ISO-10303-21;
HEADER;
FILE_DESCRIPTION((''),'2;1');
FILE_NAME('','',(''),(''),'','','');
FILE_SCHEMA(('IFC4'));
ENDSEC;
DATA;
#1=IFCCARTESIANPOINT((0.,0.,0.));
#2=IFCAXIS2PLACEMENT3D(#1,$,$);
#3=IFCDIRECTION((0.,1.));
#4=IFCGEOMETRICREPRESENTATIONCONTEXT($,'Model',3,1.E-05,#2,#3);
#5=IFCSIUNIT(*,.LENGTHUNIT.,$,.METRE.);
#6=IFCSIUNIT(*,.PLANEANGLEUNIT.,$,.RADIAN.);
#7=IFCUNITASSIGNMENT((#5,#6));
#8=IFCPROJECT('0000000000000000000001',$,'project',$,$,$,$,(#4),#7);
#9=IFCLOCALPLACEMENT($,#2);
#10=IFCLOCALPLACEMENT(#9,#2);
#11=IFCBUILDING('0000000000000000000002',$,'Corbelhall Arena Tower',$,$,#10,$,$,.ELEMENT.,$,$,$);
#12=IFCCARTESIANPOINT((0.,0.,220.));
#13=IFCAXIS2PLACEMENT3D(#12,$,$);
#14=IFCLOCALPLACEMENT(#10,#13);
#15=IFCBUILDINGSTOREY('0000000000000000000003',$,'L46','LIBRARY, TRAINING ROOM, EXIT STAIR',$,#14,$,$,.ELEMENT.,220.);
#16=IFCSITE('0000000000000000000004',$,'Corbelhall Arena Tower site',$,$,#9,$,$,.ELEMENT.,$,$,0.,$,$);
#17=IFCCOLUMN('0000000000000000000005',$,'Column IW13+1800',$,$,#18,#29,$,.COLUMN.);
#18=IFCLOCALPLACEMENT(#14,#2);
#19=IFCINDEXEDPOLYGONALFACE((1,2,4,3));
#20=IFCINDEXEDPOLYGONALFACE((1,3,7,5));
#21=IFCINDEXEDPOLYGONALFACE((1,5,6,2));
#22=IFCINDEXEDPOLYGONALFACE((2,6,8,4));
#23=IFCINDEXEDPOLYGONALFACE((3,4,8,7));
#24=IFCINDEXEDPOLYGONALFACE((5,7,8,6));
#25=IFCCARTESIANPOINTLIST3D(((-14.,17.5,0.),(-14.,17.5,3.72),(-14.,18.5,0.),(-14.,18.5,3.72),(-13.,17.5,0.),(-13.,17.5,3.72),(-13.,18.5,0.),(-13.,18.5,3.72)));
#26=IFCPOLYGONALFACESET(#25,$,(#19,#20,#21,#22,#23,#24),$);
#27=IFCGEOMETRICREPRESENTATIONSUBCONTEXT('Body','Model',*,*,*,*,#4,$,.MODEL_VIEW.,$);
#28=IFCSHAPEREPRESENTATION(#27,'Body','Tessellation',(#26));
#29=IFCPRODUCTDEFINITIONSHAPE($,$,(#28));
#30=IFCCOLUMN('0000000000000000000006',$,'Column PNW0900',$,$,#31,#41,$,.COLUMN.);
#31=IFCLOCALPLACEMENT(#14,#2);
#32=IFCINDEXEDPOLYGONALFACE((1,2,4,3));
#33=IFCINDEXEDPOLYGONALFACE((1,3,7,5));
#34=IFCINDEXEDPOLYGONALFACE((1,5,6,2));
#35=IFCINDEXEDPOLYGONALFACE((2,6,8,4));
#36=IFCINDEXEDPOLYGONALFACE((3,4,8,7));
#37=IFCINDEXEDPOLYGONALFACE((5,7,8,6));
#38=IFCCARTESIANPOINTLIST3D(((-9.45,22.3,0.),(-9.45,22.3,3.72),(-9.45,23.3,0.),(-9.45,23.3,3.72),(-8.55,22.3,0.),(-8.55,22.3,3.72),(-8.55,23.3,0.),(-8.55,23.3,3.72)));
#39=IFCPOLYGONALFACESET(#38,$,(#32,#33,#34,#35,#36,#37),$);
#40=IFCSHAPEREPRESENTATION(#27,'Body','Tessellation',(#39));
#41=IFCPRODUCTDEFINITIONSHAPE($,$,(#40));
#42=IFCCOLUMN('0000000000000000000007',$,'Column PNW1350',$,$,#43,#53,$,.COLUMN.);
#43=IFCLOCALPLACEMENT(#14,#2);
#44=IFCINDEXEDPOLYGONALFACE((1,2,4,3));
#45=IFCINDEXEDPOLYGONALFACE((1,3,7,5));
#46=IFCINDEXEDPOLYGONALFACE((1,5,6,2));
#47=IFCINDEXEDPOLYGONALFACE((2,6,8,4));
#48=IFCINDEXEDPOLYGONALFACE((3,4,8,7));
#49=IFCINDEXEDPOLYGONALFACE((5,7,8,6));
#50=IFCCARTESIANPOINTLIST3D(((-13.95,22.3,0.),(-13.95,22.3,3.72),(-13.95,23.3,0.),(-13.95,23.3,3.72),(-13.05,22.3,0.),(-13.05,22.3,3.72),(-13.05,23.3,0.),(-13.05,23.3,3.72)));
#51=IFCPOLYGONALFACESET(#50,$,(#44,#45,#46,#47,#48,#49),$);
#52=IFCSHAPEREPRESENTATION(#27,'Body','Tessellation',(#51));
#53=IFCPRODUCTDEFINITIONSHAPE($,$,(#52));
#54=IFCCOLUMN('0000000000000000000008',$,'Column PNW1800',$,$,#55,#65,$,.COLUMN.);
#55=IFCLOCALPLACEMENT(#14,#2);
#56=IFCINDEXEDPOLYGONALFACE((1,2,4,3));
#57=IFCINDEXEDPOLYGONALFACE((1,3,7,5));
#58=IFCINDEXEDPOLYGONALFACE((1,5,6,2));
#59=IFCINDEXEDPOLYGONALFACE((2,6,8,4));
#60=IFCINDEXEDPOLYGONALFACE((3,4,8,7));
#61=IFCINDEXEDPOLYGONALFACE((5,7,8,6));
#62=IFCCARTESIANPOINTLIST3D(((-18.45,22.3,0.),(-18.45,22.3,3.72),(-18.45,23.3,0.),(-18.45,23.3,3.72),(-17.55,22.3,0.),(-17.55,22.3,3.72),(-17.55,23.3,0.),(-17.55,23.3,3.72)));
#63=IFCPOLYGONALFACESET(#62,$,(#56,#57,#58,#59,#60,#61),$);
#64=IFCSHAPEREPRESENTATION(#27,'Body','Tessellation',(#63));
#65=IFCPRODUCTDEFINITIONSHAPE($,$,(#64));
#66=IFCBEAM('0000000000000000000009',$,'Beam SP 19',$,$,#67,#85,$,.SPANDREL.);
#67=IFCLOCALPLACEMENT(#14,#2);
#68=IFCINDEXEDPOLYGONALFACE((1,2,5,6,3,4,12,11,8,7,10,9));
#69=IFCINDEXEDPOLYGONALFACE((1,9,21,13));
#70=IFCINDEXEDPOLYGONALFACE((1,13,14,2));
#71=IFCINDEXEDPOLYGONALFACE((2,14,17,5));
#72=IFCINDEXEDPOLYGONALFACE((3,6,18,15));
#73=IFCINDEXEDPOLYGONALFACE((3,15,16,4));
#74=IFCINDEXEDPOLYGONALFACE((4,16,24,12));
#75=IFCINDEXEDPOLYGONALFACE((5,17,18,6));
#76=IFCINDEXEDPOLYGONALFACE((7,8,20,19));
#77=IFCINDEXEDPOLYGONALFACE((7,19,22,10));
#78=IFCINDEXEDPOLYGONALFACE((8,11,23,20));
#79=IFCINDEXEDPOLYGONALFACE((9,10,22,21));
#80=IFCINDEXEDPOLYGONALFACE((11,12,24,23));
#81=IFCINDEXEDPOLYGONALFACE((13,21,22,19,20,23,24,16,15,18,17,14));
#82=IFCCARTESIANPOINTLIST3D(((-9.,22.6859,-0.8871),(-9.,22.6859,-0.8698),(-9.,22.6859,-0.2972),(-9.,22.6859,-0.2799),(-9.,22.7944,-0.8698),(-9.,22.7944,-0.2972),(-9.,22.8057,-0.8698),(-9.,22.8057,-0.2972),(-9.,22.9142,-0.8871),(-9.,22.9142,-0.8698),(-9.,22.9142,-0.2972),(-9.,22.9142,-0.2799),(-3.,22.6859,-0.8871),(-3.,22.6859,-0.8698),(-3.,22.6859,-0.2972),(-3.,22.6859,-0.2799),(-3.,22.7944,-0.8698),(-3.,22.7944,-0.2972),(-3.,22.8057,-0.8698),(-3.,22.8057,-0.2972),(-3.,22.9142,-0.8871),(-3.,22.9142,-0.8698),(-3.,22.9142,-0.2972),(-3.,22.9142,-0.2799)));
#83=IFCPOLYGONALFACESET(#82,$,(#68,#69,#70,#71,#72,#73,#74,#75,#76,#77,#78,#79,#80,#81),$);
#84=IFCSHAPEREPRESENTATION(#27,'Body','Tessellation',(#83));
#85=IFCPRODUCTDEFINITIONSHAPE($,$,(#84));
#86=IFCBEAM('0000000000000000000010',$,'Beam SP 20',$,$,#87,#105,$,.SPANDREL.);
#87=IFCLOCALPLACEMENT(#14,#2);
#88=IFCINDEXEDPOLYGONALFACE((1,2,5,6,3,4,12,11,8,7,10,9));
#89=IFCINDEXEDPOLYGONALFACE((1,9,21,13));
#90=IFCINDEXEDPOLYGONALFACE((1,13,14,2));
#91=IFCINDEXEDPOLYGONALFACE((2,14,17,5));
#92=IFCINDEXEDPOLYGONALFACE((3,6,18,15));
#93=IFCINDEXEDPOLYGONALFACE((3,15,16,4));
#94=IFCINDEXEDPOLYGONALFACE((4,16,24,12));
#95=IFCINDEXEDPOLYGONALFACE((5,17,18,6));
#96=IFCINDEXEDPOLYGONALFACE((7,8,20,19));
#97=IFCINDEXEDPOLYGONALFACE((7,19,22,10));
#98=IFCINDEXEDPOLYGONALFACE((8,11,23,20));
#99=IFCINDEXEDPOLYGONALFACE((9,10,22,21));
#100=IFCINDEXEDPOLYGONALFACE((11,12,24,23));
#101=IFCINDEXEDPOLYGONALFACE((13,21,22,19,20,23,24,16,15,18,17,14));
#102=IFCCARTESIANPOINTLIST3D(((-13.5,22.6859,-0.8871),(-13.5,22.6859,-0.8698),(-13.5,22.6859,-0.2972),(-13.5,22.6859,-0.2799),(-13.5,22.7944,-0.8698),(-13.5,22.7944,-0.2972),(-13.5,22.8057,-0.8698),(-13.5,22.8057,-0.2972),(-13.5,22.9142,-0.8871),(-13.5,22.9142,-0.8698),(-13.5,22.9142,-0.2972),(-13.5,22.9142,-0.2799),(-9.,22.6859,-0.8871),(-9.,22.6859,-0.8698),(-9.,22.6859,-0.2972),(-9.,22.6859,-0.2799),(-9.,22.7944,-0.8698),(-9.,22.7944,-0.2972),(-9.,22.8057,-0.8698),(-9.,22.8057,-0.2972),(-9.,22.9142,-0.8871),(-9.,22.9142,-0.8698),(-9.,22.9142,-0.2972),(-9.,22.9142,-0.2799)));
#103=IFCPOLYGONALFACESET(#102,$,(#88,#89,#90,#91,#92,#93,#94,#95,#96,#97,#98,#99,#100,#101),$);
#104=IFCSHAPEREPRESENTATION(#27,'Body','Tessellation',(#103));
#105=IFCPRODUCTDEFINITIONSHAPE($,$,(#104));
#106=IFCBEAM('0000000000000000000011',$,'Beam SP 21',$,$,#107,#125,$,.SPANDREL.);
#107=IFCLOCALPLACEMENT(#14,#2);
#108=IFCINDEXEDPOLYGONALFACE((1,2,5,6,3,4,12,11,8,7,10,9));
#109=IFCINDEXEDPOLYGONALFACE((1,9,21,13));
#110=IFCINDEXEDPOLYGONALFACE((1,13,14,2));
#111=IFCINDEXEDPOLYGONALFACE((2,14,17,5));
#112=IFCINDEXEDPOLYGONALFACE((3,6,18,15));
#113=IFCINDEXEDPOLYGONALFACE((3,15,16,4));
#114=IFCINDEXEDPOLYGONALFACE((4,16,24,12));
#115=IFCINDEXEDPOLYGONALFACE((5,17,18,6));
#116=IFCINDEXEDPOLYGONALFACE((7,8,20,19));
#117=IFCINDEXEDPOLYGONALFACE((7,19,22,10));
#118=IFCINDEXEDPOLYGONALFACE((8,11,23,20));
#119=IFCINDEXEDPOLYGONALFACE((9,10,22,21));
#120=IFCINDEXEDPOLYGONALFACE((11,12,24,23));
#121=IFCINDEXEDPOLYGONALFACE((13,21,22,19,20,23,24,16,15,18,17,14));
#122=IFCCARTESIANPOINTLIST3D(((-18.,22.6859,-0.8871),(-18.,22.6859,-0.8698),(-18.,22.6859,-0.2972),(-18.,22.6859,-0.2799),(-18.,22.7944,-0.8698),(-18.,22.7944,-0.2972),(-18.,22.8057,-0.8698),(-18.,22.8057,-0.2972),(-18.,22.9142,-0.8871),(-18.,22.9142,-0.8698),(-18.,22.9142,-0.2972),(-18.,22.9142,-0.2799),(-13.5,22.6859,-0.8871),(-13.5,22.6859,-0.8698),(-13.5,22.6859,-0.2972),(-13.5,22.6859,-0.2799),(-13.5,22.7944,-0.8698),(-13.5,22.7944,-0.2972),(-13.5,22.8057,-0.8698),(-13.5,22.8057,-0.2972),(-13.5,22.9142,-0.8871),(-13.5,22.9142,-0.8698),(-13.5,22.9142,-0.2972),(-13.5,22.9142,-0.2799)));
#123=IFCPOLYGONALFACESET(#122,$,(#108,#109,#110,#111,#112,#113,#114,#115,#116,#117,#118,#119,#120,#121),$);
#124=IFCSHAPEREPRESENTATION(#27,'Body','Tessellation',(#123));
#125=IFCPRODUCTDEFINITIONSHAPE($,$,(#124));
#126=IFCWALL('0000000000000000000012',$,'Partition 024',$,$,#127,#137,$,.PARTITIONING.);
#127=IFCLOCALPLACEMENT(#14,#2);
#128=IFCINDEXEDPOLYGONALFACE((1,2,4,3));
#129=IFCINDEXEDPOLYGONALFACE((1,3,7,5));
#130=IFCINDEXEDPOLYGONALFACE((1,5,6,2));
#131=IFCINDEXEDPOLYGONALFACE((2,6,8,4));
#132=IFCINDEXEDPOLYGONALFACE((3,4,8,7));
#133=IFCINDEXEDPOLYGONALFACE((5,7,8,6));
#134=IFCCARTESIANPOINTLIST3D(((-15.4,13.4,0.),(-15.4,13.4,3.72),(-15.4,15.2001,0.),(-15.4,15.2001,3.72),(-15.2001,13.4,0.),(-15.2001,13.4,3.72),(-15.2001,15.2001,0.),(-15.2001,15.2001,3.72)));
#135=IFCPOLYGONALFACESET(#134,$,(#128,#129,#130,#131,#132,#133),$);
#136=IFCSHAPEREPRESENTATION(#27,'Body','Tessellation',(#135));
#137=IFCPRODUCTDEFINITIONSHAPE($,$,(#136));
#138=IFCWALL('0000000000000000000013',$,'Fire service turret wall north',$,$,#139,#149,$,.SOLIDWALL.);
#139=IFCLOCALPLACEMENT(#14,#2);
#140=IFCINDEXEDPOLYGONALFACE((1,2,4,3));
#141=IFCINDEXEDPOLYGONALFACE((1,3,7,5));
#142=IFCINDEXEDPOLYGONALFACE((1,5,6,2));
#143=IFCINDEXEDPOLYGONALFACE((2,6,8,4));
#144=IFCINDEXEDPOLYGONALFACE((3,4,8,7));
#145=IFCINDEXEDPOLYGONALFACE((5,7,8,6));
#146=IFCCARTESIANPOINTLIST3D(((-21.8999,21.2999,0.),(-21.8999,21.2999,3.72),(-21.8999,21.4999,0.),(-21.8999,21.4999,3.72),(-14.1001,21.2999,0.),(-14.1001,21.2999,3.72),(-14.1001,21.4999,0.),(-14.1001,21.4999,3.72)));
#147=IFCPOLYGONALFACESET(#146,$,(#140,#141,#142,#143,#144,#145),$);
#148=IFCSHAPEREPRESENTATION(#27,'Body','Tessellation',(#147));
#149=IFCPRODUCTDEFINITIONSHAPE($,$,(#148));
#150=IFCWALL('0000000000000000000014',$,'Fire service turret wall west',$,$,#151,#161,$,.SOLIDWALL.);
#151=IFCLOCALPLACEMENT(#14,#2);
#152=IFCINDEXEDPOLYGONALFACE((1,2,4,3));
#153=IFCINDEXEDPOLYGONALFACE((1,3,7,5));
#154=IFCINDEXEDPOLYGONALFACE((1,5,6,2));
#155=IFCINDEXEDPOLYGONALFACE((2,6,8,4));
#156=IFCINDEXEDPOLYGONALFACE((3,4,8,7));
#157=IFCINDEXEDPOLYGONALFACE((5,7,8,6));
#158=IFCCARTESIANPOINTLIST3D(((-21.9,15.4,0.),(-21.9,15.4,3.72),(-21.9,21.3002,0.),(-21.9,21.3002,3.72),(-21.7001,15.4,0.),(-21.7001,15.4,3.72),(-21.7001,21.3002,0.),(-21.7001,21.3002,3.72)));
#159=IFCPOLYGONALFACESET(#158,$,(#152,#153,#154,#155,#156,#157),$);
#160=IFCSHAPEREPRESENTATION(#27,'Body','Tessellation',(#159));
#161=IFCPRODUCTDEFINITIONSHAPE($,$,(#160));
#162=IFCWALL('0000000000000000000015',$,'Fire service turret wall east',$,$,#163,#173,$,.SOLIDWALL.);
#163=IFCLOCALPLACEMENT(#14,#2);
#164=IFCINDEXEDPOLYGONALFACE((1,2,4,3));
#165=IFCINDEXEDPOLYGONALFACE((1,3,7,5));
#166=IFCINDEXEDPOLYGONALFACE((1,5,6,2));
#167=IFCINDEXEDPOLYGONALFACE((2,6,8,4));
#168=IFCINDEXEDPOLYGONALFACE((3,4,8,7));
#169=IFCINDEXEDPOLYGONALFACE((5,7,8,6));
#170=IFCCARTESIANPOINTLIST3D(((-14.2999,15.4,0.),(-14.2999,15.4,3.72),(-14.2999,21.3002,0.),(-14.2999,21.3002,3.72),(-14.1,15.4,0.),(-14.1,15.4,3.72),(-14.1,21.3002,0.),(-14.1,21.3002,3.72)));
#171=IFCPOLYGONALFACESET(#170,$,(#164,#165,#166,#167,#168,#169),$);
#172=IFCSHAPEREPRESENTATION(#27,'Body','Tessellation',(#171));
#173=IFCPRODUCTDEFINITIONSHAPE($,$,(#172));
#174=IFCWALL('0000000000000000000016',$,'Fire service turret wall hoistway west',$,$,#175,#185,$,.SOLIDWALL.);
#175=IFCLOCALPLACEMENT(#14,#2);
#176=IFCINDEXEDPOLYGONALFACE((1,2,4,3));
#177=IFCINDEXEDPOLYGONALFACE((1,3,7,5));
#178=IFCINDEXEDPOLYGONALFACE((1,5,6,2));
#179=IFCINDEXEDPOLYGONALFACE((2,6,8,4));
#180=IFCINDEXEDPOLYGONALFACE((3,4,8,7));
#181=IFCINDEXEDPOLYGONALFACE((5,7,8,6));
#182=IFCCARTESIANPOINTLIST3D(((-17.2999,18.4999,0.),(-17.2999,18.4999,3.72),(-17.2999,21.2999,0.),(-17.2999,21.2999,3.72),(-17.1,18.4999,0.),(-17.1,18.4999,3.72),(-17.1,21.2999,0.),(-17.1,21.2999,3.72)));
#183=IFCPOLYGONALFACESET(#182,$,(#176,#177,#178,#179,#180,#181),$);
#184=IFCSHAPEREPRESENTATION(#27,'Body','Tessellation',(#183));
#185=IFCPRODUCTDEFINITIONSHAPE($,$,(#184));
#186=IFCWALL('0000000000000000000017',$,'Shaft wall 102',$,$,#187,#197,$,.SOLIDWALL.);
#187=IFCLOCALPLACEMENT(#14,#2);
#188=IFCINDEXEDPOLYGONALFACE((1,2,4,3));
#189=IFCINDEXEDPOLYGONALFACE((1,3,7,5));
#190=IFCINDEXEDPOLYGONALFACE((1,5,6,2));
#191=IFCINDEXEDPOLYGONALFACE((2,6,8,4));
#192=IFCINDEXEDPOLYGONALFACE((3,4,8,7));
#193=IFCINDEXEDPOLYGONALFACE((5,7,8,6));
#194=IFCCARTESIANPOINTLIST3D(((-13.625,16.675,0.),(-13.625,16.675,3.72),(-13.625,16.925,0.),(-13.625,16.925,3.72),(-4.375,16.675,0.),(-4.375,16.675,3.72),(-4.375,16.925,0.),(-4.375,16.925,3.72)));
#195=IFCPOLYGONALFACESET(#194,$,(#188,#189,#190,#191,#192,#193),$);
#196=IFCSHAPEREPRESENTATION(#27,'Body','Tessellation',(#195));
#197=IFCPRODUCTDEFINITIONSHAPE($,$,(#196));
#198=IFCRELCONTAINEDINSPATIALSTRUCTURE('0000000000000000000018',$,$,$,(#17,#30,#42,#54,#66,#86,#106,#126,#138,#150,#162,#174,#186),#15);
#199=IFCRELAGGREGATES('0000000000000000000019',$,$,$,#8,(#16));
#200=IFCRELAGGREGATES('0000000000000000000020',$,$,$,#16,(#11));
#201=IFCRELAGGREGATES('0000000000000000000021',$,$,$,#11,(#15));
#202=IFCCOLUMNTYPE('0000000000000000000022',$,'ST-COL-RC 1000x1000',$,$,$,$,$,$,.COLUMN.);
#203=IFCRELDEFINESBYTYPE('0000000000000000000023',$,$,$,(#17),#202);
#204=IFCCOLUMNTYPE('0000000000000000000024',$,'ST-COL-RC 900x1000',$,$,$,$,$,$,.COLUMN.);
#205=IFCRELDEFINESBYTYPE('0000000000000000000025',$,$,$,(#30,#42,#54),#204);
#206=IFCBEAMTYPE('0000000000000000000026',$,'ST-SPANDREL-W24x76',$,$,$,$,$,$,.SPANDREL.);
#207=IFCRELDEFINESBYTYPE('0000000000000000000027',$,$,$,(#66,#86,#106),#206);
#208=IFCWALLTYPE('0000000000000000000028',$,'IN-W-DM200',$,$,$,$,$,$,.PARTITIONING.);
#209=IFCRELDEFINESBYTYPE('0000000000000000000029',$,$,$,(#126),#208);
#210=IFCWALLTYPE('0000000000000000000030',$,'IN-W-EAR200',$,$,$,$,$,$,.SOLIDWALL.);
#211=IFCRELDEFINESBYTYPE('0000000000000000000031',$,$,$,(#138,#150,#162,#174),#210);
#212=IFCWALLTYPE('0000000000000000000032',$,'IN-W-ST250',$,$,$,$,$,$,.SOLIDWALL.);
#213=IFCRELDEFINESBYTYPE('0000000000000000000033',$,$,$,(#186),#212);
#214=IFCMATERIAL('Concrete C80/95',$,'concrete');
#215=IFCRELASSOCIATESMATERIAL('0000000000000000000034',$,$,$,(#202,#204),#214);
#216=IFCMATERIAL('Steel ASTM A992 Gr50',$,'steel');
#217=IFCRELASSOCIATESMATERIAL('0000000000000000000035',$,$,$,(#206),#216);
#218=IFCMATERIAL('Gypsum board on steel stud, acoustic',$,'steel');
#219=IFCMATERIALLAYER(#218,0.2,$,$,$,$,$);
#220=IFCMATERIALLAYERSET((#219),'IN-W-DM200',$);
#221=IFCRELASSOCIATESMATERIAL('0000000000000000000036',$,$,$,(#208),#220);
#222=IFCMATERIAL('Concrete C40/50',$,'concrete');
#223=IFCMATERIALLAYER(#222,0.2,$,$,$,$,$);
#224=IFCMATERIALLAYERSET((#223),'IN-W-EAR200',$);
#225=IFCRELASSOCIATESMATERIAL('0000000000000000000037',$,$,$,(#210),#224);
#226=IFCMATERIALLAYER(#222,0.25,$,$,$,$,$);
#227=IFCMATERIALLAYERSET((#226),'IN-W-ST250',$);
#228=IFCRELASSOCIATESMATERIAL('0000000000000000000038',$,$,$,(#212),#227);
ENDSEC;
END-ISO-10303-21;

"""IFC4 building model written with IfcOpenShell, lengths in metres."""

from ifc_helpers import new_model, si_unit, direction, frame, frame_2d, origin, origin_2d, place, context, subcontext, project, spatial, rectangle, i_section, extrude, material, layer, layer_set, material_profile, profile_set, type_object, element, save


model = new_model("IFC4")

# Units and contexts
model_context = context("Model", 3, precision=1e-05, world=origin(), true_north=direction((0.0, 1.0)))
body_context = subcontext(model_context, "Body", "Model", "MODEL_VIEW")
ifc_project = project(units=[si_unit("LENGTHUNIT", "METRE"), si_unit("PLANEANGLEUNIT", "RADIAN")], contexts=[model_context])

# Site, building, storey
site_placement = place(None, origin())
site = spatial("IfcSite", under=ifc_project, at=site_placement, Name="Corbelhall Arena Tower site", CompositionType="ELEMENT", RefElevation=0.0)
building_placement = place(site_placement, origin())
building = spatial("IfcBuilding", under=site, at=building_placement, Name="Corbelhall Arena Tower", CompositionType="ELEMENT")
storey_placement = place(building_placement, frame((0.0, 0.0, 220.0)))
storey = spatial("IfcBuildingStorey", under=building, at=storey_placement, Name="L46", Description="LIBRARY, TRAINING ROOM, EXIT STAIR", CompositionType="ELEMENT", Elevation=220.0)

# Columns
ifc_material_1 = material(Name="Concrete C80/95", Category="concrete")
ifc_material_profile_1 = material_profile(ifc_material_1, rectangle(XDim=1.0, YDim=1.0, at=origin_2d()))
ifc_profile_set_1 = profile_set([ifc_material_profile_1], Name="Concrete C80/95")
column_type_1 = type_object("IfcColumnType", Name="ST-COL-RC 1000x1000", PredefinedType="COLUMN", material=ifc_profile_set_1)
column_placement = place(storey_placement, frame((-13.5, 18.0, 0.0), z_axis=(0.0, 0.0, 1.0), x_axis=(1.0, 0.0, 0.0)))
element("IfcColumn", 1, at=column_placement, inside=storey, type_object=column_type_1, Name="Column IW13+1800", PredefinedType="COLUMN", context=body_context, shape_type="SweptSolid", body=[
    extrude(rectangle(XDim=1.0, YDim=1.0, at=origin_2d()), origin(), (0.0, 0.0, 1.0), 3.72),
])
ifc_material_profile_2 = material_profile(ifc_material_1, rectangle(XDim=0.8999, YDim=1.0, at=origin_2d()))
ifc_profile_set_2 = profile_set([ifc_material_profile_2], Name="Concrete C80/95")
column_type_2 = type_object("IfcColumnType", Name="ST-COL-RC 900x1000", PredefinedType="COLUMN", material=ifc_profile_set_2)
for number, where, z_axis, x_axis, name in (
    (2, (-9.0, 22.8, 0.0), (0.0, 0.0, 1.0), (1.0, 0.0, 0.0), "Column PNW0900"),
    (3, (-13.5, 22.8, 0.0), (0.0, 0.0, 1.0), (1.0, 0.0, 0.0), "Column PNW1350"),
    (4, (-18.0, 22.8, 0.0), (0.0, 0.0, 1.0), (1.0, 0.0, 0.0), "Column PNW1800"),
):
    element("IfcColumn", number, at=place(storey_placement, frame(where, z_axis=z_axis, x_axis=x_axis)), inside=storey, type_object=column_type_2, Name=name, PredefinedType="COLUMN", context=body_context, shape_type="SweptSolid", body=[
        extrude(rectangle(XDim=0.8999, YDim=1.0, at=origin_2d()), origin(), (0.0, 0.0, 1.0), 3.72),
    ])

# Beams
ifc_material_2 = material(Name="Steel ASTM A992 Gr50", Category="steel")
ifc_material_profile_3 = material_profile(ifc_material_2, i_section(OverallWidth=0.2283, OverallDepth=0.6072, WebThickness=0.0112, FlangeThickness=0.0173, at=origin_2d()))
ifc_profile_set_3 = profile_set([ifc_material_profile_3], Name="Steel ASTM A992 Gr50")
beam_type = type_object("IfcBeamType", Name="ST-SPANDREL-W24x76", PredefinedType="SPANDREL", material=ifc_profile_set_3)
beam_placement = place(storey_placement, frame((-9.0, 22.8, -0.5835), z_axis=(1.0, 0.0, 0.0), x_axis=(0.0, 1.0, 0.0)))
element("IfcBeam", 5, at=beam_placement, inside=storey, type_object=beam_type, Name="Beam SP 19", PredefinedType="SPANDREL", context=body_context, shape_type="SweptSolid", body=[
    extrude(i_section(OverallWidth=0.2283, OverallDepth=0.6072, WebThickness=0.0112, FlangeThickness=0.0173, at=origin_2d()), origin(), (0.0, 0.0, 1.0), 6.0),
])
for number, where, z_axis, x_axis, name in (
    (6, (-13.5, 22.8, -0.5835), (1.0, 0.0, 0.0), (0.0, 1.0, 0.0), "Beam SP 20"),
    (7, (-18.0, 22.8, -0.5835), (1.0, 0.0, 0.0), (0.0, 1.0, 0.0), "Beam SP 21"),
):
    element("IfcBeam", number, at=place(storey_placement, frame(where, z_axis=z_axis, x_axis=x_axis)), inside=storey, type_object=beam_type, Name=name, PredefinedType="SPANDREL", context=body_context, shape_type="SweptSolid", body=[
        extrude(i_section(OverallWidth=0.2283, OverallDepth=0.6072, WebThickness=0.0112, FlangeThickness=0.0173, at=origin_2d()), origin(), (0.0, 0.0, 1.0), 4.5),
    ])

# Wall
ifc_material_3 = material(Name="Gypsum board on steel stud, acoustic", Category="steel")
ifc_layer_1 = layer(ifc_material_3, 0.2)
ifc_layer_set_1 = layer_set([ifc_layer_1], Name="IN-W-DM200")
wall_type_1 = type_object("IfcWallType", Name="IN-W-DM200", PredefinedType="PARTITIONING", material=ifc_layer_set_1)
wall_1_placement = place(storey_placement, frame((-15.3, 15.2, 0.0), z_axis=(0.0, 0.0, 1.0), x_axis=(0.0, -1.0, 0.0)))
element("IfcWall", 8, at=wall_1_placement, inside=storey, type_object=wall_type_1, Name="Partition 024", PredefinedType="PARTITIONING", context=body_context, shape_type="SweptSolid", body=[
    extrude(rectangle(XDim=1.8, YDim=0.2, at=frame_2d((0.8999, 0.0))), origin(), (0.0, 0.0, 1.0), 3.72),
])

# Shared definitions
ifc_material_4 = material(Name="Concrete C40/50", Category="concrete")
ifc_layer_2 = layer(ifc_material_4, 0.2)
ifc_layer_set_2 = layer_set([ifc_layer_2], Name="IN-W-EAR200")
wall_type_2 = type_object("IfcWallType", Name="IN-W-EAR200", PredefinedType="SOLIDWALL", material=ifc_layer_set_2)

# Walls
wall_2_placement = place(storey_placement, frame((-21.8999, 21.3999, 0.0), z_axis=(0.0, 0.0, 1.0), x_axis=(1.0, 0.0, 0.0)))
element("IfcWall", 9, at=wall_2_placement, inside=storey, type_object=wall_type_2, Name="Fire service turret wall north", PredefinedType="SOLIDWALL", context=body_context, shape_type="SweptSolid", body=[
    extrude(rectangle(XDim=7.7998, YDim=0.2, at=frame_2d((3.8999, 0.0))), origin(), (0.0, 0.0, 1.0), 3.72),
])
for number, where, z_axis, x_axis, name in (
    (10, (-21.8, 15.3999, 0.0), (0.0, 0.0, 1.0), (0.0, 1.0, 0.0), "Fire service turret wall west"),
    (11, (-14.2, 15.3999, 0.0), (0.0, 0.0, 1.0), (0.0, 1.0, 0.0), "Fire service turret wall east"),
):
    element("IfcWall", number, at=place(storey_placement, frame(where, z_axis=z_axis, x_axis=x_axis)), inside=storey, type_object=wall_type_2, Name=name, PredefinedType="SOLIDWALL", context=body_context, shape_type="SweptSolid", body=[
        extrude(rectangle(XDim=5.9001, YDim=0.2, at=frame_2d((2.9502, 0.0))), origin(), (0.0, 0.0, 1.0), 3.72),
    ])

# Wall
wall_3_placement = place(storey_placement, frame((-17.2, 18.5, 0.0), z_axis=(0.0, 0.0, 1.0), x_axis=(0.0, 1.0, 0.0)))
element("IfcWall", 12, at=wall_3_placement, inside=storey, type_object=wall_type_2, Name="Fire service turret wall hoistway west", PredefinedType="SOLIDWALL", context=body_context, shape_type="SweptSolid", body=[
    extrude(rectangle(XDim=2.8, YDim=0.2, at=frame_2d((1.3999, 0.0))), origin(), (0.0, 0.0, 1.0), 3.72),
])

# Wall
ifc_layer_3 = layer(ifc_material_4, 0.25)
ifc_layer_set_3 = layer_set([ifc_layer_3], Name="IN-W-ST250")
wall_type_3 = type_object("IfcWallType", Name="IN-W-ST250", PredefinedType="SOLIDWALL", material=ifc_layer_set_3)
wall_4_placement = place(storey_placement, frame((-13.625, 16.8, 0.0), z_axis=(0.0, 0.0, 1.0), x_axis=(1.0, 0.0, 0.0)))
element("IfcWall", 13, at=wall_4_placement, inside=storey, type_object=wall_type_3, Name="Shaft wall 102", PredefinedType="SOLIDWALL", context=body_context, shape_type="SweptSolid", body=[
    extrude(rectangle(XDim=9.25, YDim=0.25, at=frame_2d((4.625, 0.0))), origin(), (0.0, 0.0, 1.0), 3.72),
])

save(model, "model.ifc")
